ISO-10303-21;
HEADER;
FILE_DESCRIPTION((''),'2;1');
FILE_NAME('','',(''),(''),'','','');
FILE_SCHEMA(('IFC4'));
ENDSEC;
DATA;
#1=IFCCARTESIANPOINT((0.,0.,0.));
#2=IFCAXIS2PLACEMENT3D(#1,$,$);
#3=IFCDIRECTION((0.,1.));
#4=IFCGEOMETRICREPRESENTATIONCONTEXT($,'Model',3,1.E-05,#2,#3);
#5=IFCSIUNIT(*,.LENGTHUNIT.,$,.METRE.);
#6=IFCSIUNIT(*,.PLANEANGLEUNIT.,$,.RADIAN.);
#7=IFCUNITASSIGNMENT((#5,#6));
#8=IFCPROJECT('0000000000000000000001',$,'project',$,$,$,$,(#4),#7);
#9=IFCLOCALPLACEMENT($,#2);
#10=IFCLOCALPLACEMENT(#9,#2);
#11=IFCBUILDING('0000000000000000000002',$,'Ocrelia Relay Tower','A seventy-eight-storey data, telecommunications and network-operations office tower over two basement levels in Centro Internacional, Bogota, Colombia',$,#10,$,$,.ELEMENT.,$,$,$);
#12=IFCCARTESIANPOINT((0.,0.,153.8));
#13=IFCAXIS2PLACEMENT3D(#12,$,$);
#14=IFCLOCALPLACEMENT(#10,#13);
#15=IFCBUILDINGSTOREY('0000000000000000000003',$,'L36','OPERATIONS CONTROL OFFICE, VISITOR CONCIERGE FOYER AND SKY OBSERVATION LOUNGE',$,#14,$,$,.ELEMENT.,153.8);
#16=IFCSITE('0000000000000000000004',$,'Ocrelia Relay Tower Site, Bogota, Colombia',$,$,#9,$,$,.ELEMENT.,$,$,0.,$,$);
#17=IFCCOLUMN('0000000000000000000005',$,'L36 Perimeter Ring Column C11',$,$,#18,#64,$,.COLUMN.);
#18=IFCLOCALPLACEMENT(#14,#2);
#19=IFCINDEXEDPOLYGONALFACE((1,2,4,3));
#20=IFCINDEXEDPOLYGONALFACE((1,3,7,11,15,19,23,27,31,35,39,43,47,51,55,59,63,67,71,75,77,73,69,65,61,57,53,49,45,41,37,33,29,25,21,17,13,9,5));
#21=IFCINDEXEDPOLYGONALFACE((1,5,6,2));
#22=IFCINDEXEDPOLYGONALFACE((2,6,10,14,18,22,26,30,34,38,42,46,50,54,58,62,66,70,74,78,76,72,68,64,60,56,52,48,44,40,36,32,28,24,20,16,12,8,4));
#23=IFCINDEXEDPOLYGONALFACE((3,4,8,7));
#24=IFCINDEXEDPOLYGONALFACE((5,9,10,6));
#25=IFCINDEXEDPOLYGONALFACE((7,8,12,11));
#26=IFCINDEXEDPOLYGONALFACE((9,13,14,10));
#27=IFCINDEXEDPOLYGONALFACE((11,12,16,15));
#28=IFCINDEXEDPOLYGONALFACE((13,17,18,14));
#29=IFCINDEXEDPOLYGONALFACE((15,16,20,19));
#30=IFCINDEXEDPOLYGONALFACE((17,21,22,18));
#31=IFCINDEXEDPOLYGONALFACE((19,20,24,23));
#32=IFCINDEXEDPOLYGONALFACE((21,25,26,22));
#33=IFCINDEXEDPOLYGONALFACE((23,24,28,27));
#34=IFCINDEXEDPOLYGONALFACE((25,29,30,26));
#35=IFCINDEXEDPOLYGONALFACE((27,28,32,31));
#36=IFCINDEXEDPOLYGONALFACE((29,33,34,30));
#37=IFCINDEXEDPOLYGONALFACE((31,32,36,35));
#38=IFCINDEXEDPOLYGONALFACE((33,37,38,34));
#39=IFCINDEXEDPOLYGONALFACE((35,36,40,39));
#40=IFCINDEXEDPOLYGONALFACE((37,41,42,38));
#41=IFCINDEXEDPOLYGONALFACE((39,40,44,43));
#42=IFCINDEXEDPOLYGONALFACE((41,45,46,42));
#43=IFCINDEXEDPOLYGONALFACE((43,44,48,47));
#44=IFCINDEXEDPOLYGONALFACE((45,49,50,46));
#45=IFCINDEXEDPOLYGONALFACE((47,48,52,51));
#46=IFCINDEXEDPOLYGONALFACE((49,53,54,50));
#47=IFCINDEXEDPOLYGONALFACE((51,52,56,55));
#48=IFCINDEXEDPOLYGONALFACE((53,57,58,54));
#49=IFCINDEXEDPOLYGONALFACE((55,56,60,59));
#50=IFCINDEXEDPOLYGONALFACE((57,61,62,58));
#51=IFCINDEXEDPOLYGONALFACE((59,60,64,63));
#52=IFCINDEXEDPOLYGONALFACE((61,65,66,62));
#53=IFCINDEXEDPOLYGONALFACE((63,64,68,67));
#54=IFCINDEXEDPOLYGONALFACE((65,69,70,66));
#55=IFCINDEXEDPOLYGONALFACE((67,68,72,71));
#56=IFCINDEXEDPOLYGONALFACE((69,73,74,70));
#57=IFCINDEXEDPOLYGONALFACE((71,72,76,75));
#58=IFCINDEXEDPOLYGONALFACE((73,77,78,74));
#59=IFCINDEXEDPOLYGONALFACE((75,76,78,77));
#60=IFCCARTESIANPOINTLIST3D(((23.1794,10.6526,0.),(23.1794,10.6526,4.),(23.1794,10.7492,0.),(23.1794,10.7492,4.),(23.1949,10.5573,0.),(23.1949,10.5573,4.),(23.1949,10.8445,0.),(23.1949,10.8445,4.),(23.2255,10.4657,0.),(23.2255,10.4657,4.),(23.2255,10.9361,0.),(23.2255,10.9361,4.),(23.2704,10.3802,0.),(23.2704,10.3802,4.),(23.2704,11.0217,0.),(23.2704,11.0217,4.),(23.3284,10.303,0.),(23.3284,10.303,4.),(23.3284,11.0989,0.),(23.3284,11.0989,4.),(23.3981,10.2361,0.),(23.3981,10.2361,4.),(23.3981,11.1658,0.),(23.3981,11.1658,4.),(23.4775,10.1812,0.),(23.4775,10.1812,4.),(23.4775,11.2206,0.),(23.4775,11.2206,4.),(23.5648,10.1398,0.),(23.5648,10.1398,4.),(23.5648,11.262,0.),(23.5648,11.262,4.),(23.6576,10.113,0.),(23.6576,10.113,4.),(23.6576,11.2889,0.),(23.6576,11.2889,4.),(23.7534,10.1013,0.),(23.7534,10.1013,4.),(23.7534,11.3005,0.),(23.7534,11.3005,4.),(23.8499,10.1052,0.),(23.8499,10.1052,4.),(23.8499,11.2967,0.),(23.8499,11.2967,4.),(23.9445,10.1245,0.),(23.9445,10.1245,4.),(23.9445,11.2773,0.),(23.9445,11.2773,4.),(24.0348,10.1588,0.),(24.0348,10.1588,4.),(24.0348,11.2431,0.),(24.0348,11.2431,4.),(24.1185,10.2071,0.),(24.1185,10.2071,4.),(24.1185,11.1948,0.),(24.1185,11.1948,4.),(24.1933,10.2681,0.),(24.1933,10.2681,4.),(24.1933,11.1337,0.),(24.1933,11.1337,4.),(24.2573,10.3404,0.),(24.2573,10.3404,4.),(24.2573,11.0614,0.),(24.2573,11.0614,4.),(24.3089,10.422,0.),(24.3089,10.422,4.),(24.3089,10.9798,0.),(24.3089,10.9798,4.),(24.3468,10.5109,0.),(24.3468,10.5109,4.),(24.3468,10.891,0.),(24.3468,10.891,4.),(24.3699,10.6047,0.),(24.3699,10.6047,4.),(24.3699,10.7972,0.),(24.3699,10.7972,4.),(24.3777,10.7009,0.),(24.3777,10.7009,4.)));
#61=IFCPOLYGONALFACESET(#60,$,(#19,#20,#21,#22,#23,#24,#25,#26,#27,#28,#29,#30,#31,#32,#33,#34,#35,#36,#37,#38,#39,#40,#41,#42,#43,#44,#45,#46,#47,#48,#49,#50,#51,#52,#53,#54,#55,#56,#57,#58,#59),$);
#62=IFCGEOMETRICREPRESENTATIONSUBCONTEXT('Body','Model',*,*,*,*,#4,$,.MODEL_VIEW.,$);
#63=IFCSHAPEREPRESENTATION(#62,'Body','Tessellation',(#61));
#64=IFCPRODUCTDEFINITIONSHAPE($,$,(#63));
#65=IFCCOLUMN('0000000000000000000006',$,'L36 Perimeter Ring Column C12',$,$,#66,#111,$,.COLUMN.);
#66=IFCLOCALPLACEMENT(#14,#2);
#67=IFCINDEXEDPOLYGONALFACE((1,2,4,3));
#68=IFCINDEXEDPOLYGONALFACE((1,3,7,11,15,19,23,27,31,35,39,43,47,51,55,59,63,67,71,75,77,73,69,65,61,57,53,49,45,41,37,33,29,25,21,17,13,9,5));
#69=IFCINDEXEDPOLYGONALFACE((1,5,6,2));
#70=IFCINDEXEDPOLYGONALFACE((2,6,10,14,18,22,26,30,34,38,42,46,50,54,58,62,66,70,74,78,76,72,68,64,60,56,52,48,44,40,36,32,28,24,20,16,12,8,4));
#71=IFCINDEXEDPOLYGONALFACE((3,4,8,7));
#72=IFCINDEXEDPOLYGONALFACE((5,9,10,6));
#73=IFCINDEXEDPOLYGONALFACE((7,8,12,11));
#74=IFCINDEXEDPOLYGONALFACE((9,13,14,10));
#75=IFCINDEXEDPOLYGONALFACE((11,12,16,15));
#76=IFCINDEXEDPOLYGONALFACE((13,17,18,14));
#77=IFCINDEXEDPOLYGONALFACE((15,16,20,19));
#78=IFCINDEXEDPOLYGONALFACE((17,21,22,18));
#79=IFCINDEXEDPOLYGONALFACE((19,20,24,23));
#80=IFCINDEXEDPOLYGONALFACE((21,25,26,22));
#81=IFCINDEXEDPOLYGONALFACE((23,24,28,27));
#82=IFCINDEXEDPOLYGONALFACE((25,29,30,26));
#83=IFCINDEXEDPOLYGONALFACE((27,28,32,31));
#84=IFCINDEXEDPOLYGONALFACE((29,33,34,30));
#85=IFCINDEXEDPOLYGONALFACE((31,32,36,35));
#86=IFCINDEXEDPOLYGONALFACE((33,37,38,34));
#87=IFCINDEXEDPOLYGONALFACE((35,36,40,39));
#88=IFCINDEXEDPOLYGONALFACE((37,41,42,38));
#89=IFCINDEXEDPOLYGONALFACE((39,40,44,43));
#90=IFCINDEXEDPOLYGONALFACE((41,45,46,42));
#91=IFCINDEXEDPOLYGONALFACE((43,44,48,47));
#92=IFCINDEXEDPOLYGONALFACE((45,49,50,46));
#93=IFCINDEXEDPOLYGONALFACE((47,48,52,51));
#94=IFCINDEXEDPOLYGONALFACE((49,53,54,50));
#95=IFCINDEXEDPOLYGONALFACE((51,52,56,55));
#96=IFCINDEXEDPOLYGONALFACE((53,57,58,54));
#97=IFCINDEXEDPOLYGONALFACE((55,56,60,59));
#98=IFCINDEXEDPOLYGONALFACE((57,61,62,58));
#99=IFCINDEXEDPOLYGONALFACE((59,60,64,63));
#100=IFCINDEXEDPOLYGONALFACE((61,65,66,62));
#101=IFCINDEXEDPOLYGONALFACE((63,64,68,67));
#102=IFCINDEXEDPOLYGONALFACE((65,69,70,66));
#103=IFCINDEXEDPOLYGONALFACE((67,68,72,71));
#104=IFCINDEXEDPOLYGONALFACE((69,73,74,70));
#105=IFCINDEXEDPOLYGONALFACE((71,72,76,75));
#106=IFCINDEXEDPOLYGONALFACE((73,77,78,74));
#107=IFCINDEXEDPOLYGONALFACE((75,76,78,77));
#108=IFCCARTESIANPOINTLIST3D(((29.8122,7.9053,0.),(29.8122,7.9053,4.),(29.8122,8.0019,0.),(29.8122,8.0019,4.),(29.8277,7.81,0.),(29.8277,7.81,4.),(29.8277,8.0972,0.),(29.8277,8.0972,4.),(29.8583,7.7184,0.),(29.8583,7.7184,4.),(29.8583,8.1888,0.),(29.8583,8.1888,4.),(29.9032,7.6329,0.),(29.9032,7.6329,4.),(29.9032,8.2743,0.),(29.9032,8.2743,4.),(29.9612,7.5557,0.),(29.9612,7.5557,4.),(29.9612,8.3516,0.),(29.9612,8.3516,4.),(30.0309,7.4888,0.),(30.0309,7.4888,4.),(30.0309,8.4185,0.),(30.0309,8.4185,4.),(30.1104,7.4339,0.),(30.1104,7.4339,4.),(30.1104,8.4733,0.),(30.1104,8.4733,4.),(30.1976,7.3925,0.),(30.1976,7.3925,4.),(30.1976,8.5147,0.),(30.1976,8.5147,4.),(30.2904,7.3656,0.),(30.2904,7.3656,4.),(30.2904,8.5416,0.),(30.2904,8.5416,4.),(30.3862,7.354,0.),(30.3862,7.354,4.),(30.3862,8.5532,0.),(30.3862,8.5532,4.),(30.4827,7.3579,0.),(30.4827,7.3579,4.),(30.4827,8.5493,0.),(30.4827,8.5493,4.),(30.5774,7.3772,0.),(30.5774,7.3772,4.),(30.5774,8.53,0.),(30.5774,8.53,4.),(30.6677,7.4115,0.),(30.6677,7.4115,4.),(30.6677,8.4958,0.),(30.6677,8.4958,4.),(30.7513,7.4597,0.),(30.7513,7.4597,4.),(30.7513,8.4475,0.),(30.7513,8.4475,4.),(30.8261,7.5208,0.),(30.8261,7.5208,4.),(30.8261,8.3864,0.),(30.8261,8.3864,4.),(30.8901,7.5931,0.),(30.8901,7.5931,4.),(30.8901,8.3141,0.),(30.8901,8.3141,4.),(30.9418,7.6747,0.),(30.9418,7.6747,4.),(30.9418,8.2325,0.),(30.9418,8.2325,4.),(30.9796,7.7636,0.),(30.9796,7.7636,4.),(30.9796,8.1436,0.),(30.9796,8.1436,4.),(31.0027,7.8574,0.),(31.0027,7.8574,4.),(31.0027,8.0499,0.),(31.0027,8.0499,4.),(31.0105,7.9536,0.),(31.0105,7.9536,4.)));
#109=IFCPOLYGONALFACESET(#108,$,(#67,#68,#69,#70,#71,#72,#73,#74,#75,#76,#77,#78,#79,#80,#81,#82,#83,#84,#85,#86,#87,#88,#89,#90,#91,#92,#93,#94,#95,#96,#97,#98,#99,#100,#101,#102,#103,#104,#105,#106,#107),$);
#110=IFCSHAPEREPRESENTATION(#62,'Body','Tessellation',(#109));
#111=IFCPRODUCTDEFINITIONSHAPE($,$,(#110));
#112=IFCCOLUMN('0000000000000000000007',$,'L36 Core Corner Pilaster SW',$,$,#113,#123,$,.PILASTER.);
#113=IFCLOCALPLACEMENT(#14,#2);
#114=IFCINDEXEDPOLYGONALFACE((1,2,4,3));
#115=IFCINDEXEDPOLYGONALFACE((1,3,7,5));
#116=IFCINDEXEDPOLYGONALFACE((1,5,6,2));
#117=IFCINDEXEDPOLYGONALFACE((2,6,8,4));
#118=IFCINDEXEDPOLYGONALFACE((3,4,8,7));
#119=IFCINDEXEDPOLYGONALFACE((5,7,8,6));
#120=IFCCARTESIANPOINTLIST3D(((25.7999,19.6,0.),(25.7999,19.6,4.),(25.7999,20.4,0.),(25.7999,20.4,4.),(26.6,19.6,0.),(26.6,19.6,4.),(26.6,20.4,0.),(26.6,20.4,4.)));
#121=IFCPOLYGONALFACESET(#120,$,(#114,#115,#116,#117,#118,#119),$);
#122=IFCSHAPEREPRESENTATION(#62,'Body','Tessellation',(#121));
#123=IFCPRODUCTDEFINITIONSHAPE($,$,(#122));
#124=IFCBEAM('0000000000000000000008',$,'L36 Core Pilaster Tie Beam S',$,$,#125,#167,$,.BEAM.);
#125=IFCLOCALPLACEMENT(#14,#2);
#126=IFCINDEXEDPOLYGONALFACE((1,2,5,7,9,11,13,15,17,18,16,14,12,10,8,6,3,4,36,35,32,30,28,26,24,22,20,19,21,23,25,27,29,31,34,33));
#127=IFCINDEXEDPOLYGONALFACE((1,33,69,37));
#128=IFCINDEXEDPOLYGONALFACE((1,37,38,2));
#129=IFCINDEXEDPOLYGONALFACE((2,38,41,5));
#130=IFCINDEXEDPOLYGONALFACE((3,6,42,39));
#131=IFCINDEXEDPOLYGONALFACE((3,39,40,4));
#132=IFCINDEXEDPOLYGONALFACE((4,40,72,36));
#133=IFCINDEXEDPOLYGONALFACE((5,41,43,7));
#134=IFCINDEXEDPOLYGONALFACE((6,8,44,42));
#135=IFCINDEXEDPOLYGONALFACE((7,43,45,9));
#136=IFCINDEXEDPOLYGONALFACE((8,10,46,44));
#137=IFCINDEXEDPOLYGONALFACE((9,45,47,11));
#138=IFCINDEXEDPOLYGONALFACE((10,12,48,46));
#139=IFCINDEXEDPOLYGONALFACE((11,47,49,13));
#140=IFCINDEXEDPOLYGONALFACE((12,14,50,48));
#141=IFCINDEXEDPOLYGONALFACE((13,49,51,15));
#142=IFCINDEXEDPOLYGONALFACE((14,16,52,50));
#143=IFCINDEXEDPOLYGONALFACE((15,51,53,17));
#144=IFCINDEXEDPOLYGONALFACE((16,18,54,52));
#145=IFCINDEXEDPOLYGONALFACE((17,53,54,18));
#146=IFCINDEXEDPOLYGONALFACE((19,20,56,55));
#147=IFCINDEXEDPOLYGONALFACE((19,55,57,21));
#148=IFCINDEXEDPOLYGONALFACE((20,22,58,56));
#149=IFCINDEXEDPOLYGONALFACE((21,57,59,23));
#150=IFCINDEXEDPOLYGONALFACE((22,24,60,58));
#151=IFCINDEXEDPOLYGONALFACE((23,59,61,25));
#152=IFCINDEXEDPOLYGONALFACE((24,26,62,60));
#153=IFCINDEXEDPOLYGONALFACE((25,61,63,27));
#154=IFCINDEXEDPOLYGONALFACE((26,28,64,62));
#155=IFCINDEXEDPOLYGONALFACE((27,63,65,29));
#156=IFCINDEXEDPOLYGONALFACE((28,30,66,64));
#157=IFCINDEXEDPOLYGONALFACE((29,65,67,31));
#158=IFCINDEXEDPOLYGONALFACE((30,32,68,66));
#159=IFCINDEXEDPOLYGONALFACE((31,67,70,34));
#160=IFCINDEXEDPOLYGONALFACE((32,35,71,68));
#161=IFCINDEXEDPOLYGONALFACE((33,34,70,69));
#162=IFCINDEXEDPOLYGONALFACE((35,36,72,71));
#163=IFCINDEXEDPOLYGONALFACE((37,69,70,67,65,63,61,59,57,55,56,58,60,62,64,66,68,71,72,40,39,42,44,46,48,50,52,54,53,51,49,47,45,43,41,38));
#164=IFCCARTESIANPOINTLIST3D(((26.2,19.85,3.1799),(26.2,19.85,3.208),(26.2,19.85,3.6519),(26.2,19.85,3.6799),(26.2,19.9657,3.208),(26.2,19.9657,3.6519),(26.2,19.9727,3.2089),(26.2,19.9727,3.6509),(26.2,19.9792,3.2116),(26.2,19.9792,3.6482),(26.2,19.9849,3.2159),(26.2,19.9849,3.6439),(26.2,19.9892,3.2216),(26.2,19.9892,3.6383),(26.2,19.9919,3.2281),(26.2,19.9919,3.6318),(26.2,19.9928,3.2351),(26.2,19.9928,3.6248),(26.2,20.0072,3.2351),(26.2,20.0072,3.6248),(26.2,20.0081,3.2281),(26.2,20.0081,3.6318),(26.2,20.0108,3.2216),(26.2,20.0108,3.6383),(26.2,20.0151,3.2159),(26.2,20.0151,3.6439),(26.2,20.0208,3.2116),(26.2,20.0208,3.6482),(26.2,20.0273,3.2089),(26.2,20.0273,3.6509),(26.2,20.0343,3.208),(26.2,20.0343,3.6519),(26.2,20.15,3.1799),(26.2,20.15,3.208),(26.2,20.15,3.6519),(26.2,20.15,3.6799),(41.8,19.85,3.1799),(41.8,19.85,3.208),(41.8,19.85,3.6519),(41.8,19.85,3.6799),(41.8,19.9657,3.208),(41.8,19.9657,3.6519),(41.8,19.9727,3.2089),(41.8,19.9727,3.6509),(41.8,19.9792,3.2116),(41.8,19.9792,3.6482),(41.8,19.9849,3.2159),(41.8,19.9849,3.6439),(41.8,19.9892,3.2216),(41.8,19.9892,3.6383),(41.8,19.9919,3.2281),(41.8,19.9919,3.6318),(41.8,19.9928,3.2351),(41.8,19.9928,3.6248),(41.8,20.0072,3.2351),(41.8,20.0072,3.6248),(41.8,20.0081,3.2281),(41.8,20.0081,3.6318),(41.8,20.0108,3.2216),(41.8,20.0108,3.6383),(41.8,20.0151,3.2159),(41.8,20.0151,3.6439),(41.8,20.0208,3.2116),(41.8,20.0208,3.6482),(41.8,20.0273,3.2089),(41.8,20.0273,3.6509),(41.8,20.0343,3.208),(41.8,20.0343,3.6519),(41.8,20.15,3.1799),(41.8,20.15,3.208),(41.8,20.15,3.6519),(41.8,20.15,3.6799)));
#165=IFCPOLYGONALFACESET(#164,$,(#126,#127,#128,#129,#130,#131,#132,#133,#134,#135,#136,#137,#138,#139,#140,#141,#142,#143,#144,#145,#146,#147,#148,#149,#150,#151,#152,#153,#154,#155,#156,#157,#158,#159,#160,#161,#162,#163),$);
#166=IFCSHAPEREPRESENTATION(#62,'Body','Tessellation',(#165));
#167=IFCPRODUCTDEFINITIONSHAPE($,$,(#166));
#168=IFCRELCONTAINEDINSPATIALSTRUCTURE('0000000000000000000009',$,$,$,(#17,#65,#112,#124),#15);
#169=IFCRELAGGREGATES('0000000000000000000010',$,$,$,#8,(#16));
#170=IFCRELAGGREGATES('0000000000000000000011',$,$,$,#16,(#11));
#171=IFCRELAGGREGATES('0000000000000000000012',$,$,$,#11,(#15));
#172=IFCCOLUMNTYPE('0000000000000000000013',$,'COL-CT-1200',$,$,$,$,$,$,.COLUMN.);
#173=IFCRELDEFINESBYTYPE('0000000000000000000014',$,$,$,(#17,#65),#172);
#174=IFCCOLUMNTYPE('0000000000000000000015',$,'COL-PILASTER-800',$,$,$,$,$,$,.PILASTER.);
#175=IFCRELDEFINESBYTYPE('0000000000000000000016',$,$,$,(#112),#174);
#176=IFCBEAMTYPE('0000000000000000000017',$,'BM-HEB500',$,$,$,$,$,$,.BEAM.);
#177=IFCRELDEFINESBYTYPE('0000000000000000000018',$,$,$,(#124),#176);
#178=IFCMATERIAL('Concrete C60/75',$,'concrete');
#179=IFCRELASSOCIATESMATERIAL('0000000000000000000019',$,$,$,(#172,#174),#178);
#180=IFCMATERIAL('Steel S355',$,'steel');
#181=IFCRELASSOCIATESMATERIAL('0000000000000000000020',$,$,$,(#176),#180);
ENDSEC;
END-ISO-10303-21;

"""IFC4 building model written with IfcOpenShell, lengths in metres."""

from ifc_helpers import new_model, si_unit, direction, frame, origin, origin_2d, place, context, subcontext, project, spatial, rectangle, circle, i_section, extrude, material, material_profile, profile_set, type_object, element, save


model = new_model("IFC4")

# Units and contexts
model_context = context("Model", 3, precision=1e-05, world=origin(), true_north=direction((0.0, 1.0)))
body_context = subcontext(model_context, "Body", "Model", "MODEL_VIEW")
ifc_project = project(units=[si_unit("LENGTHUNIT", "METRE"), si_unit("PLANEANGLEUNIT", "RADIAN")], contexts=[model_context])

# Site, building, storey
site_placement = place(None, origin())
site = spatial("IfcSite", under=ifc_project, at=site_placement, Name="Ocrelia Relay Tower Site, Bogota, Colombia", CompositionType="ELEMENT", RefElevation=0.0)
building_placement = place(site_placement, origin())
building = spatial("IfcBuilding", under=site, at=building_placement, Name="Ocrelia Relay Tower", Description="A seventy-eight-storey data, telecommunications and network-operations office tower over two basement levels in Centro Internacional, Bogota, Colombia", CompositionType="ELEMENT")
storey_placement = place(building_placement, frame((0.0, 0.0, 153.8)))
storey = spatial("IfcBuildingStorey", under=building, at=storey_placement, Name="L36", Description="OPERATIONS CONTROL OFFICE, VISITOR CONCIERGE FOYER AND SKY OBSERVATION LOUNGE", CompositionType="ELEMENT", Elevation=153.8)

# Columns
ifc_material_1 = material(Name="Concrete C60/75", Category="concrete")
ifc_material_profile_1 = material_profile(ifc_material_1, circle(Radius=0.6001, at=origin_2d()), Name="RC-CIR-1200")
ifc_profile_set_1 = profile_set([ifc_material_profile_1], Name="Concrete C60/75")
column_type_1 = type_object("IfcColumnType", Name="COL-CT-1200", PredefinedType="COLUMN", material=ifc_profile_set_1)
for number, where, z_axis, x_axis, name in (
    (1, (23.7776, 10.7009, 0.0), (0.0, 0.0, 1.0), (1.0, 0.0, 0.0), "L36 Perimeter Ring Column C11"),
    (2, (30.4104, 7.9536, 0.0), (0.0, 0.0, 1.0), (1.0, 0.0, 0.0), "L36 Perimeter Ring Column C12"),
):
    element("IfcColumn", number, at=place(storey_placement, frame(where, z_axis=z_axis, x_axis=x_axis)), inside=storey, type_object=column_type_1, Name=name, PredefinedType="COLUMN", context=body_context, shape_type="SweptSolid", body=[
        extrude(circle(Radius=0.6001, at=origin_2d()), origin(), (0.0, 0.0, 1.0), 4.0),
    ])
ifc_material_profile_2 = material_profile(ifc_material_1, rectangle(XDim=0.8, YDim=0.8, at=origin_2d()), Name="RC-COL-800x800")
ifc_profile_set_2 = profile_set([ifc_material_profile_2], Name="Concrete C60/75")
column_type_2 = type_object("IfcColumnType", Name="COL-PILASTER-800", PredefinedType="PILASTER", material=ifc_profile_set_2)
column_placement = place(storey_placement, frame((26.2, 20.0, 0.0), z_axis=(0.0, 0.0, 1.0), x_axis=(1.0, 0.0, 0.0)))
element("IfcColumn", 3, at=column_placement, inside=storey, type_object=column_type_2, Name="L36 Core Corner Pilaster SW", PredefinedType="PILASTER", context=body_context, shape_type="SweptSolid", body=[
    extrude(rectangle(XDim=0.8, YDim=0.8, at=origin_2d()), origin(), (0.0, 0.0, 1.0), 4.0),
])

# Beam
ifc_material_2 = material(Name="Steel S355", Category="steel")
ifc_material_profile_3 = material_profile(ifc_material_2, i_section(OverallWidth=0.3, OverallDepth=0.5, WebThickness=0.0144, FlangeThickness=0.0281, FilletRadius=0.0271, at=origin_2d()), Name="HEB 500")
ifc_profile_set_3 = profile_set([ifc_material_profile_3], Name="Steel S355")
beam_type_1 = type_object("IfcBeamType", Name="BM-HEB500", PredefinedType="BEAM", material=ifc_profile_set_3)
beam_1_placement = place(storey_placement, frame((26.2, 20.0, 3.4299), z_axis=(1.0, 0.0, 0.0), x_axis=(0.0, 1.0, 0.0)))
element("IfcBeam", 4, at=beam_1_placement, inside=storey, type_object=beam_type_1, Name="L36 Core Pilaster Tie Beam S", PredefinedType="BEAM", context=body_context, shape_type="SweptSolid", body=[
    extrude(i_section(OverallWidth=0.3, OverallDepth=0.5, WebThickness=0.0144, FlangeThickness=0.0281, FilletRadius=0.0271, at=origin_2d()), origin(), (0.0, 0.0, 1.0), 15.6001),
])

save(model, "model.ifc")
